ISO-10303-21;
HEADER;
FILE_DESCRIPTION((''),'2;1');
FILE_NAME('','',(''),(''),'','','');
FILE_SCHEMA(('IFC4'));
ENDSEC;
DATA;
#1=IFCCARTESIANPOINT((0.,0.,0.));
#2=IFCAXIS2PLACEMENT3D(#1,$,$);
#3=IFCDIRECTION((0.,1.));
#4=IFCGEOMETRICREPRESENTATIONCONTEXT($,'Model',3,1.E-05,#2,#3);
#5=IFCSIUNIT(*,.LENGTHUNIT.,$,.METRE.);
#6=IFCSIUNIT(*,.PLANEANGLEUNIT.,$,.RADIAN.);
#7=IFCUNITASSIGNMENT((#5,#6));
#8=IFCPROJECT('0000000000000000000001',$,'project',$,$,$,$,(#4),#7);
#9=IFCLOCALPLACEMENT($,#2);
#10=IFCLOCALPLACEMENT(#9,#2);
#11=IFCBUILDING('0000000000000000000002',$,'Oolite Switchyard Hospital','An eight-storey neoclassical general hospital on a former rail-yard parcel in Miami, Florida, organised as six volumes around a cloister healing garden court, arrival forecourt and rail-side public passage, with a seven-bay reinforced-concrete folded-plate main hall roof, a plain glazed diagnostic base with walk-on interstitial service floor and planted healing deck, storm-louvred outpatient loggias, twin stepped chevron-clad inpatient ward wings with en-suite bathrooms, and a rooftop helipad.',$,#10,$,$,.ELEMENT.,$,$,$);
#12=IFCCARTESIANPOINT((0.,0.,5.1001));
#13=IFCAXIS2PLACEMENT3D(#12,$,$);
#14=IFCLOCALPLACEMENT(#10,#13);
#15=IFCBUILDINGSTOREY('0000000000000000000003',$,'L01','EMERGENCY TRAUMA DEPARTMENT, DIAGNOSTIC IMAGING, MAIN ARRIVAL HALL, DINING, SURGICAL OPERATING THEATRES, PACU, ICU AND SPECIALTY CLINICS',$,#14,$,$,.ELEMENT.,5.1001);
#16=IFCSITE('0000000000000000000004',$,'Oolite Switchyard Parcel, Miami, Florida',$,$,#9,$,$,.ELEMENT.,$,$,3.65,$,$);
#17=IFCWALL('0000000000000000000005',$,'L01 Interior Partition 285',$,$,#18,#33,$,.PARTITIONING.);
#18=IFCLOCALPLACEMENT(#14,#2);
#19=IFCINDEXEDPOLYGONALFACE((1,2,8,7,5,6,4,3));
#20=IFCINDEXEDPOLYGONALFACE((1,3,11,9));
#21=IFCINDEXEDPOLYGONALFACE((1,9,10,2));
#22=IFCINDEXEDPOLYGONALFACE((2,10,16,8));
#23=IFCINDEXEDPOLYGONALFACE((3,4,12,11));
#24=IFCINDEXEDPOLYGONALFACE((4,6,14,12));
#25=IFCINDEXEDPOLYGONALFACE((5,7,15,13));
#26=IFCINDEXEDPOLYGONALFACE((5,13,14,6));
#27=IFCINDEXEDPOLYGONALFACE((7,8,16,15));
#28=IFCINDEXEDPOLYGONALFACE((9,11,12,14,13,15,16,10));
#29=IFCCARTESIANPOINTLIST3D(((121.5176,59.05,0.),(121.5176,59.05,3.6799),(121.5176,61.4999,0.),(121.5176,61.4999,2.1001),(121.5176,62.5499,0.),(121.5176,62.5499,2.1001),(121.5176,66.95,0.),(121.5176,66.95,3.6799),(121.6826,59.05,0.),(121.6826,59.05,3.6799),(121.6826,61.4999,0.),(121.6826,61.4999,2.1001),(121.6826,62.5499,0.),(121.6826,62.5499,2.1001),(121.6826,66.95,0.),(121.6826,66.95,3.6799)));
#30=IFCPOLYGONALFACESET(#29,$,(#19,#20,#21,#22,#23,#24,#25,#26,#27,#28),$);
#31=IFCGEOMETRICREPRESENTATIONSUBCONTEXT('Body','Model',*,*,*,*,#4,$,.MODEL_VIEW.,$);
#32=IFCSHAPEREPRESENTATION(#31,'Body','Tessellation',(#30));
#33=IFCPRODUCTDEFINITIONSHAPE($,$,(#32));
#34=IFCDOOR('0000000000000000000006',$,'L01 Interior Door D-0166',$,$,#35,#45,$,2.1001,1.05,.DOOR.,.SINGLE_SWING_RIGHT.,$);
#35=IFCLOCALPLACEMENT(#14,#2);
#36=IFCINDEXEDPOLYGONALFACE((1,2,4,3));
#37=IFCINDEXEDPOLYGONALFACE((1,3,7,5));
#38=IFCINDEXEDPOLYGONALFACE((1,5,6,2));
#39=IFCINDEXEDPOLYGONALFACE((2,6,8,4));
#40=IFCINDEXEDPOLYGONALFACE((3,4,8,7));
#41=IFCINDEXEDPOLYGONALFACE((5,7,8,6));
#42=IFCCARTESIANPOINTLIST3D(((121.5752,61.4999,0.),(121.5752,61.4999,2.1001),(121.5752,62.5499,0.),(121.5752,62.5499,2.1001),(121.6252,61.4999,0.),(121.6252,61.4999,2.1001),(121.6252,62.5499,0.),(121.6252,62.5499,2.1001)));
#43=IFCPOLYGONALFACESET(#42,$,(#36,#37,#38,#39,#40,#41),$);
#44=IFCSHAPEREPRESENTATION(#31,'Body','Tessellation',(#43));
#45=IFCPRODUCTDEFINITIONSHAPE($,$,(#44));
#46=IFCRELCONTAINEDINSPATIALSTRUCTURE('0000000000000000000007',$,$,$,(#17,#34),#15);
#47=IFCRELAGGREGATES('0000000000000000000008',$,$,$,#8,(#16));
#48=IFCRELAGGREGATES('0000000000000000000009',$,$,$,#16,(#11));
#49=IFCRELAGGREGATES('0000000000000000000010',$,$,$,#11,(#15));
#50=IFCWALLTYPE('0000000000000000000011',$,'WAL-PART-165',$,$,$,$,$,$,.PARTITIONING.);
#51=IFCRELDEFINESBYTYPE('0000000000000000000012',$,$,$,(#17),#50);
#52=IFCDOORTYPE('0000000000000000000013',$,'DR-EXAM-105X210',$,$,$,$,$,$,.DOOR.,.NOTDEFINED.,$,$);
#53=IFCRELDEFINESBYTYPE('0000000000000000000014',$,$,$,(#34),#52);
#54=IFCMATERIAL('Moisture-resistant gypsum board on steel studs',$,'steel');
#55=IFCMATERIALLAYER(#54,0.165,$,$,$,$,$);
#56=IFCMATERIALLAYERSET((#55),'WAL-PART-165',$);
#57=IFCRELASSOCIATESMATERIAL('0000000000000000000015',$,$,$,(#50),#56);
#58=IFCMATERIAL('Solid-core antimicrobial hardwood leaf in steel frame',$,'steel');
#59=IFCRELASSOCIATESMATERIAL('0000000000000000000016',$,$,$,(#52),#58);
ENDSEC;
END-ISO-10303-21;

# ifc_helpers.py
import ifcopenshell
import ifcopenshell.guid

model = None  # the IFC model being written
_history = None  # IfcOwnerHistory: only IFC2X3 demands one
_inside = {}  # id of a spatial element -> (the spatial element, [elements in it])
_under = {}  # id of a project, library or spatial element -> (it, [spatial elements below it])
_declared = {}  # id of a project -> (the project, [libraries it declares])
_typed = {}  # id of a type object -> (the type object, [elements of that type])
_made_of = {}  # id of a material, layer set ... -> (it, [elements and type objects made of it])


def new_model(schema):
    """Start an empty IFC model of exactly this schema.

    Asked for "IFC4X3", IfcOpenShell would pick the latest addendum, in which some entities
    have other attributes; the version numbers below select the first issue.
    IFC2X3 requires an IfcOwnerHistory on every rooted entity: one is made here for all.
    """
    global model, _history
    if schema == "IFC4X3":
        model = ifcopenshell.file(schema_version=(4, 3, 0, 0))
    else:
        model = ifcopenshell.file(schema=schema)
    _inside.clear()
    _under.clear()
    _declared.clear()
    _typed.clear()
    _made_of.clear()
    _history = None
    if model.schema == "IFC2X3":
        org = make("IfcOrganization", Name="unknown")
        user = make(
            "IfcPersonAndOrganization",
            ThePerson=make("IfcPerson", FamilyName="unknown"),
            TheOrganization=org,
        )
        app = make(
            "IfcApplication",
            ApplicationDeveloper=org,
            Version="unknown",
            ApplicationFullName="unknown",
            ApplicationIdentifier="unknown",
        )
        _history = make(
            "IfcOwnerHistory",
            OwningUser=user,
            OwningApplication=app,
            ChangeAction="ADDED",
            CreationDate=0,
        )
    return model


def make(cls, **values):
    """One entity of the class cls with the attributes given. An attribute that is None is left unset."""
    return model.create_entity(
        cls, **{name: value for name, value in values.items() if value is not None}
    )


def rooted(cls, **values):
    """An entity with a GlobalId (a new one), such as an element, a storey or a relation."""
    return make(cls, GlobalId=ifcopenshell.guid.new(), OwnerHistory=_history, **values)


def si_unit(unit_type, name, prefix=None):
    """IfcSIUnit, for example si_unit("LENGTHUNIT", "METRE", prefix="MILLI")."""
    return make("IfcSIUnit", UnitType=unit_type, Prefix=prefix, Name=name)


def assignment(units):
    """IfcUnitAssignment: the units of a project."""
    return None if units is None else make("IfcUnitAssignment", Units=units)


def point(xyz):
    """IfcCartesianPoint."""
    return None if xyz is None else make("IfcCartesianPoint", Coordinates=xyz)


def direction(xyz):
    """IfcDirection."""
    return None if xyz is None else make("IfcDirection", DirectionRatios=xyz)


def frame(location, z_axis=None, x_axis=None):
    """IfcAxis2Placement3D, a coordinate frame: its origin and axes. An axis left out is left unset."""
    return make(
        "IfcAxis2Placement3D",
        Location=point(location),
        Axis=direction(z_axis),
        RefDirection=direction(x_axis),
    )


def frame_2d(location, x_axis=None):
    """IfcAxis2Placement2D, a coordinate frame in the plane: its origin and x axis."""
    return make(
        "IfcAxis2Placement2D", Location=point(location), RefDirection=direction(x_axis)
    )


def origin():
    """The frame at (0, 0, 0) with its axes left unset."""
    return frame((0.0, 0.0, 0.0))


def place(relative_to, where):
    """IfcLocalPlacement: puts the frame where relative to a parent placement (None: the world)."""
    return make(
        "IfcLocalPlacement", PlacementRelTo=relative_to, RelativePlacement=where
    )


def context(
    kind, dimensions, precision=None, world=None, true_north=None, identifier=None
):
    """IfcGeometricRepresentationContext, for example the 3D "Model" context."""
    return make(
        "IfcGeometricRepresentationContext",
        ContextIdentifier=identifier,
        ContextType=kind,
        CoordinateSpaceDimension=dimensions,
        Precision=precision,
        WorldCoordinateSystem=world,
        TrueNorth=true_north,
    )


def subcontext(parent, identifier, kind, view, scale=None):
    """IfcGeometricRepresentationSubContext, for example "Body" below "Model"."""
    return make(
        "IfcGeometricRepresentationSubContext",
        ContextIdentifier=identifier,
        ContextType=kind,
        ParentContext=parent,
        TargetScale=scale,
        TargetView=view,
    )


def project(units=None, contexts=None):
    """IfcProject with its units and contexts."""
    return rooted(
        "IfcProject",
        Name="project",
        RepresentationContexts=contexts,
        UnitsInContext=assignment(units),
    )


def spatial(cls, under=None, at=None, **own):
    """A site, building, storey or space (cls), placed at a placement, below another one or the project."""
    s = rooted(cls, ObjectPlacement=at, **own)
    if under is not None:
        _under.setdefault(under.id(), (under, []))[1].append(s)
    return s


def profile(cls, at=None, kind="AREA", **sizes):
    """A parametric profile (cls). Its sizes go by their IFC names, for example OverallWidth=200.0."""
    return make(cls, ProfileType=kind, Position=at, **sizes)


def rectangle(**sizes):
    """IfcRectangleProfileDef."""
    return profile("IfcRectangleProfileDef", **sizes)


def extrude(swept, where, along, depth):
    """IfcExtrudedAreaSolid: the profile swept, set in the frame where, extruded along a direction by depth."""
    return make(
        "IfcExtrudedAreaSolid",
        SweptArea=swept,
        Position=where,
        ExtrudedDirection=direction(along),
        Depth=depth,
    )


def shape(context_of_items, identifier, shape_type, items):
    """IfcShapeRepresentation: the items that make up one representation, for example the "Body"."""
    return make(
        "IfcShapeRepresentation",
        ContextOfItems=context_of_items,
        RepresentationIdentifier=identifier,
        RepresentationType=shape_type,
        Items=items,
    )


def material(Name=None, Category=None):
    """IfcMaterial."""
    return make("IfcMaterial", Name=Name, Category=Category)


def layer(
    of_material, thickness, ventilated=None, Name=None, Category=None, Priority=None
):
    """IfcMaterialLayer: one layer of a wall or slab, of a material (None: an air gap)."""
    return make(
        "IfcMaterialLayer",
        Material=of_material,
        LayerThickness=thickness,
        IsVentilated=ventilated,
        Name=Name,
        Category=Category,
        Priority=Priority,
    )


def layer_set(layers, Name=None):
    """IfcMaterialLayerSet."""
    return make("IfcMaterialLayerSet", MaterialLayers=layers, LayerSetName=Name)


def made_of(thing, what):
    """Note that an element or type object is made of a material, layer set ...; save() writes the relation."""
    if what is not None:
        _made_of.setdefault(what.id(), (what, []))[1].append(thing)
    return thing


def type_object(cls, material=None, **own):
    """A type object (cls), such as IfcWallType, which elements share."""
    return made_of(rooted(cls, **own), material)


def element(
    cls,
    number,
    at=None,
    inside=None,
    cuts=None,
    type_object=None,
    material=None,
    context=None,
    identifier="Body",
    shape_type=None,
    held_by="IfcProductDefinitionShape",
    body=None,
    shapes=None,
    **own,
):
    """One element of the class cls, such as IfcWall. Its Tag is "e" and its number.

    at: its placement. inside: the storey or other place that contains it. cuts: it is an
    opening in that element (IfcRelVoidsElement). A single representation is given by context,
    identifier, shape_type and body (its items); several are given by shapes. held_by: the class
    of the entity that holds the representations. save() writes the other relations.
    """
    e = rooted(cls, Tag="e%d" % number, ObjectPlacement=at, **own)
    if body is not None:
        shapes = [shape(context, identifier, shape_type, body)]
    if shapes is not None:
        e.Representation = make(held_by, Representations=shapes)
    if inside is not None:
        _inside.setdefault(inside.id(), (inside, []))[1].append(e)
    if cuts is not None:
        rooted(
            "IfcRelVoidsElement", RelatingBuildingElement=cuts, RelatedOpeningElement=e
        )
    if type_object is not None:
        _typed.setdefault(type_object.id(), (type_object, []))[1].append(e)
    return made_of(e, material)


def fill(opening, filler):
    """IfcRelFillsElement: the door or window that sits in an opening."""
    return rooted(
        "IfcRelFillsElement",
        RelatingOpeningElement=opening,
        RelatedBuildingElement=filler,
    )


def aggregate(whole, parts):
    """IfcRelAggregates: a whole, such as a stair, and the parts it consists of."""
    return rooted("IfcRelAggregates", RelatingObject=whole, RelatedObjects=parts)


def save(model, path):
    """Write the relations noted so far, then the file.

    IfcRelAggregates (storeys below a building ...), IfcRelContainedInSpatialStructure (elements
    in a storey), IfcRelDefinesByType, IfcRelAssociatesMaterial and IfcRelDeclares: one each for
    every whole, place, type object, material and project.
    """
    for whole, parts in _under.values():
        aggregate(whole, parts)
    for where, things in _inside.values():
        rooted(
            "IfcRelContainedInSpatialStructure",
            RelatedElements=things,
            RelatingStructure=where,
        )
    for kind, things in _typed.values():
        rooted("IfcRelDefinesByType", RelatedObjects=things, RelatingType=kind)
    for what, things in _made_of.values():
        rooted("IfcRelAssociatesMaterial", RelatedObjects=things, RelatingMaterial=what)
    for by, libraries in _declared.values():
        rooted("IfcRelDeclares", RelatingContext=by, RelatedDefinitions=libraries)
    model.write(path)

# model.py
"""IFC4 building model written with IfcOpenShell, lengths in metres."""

from ifc_helpers import new_model, si_unit, direction, frame, frame_2d, origin, place, context, subcontext, project, spatial, rectangle, extrude, material, layer, layer_set, type_object, element, fill, save


model = new_model("IFC4")

# Units and contexts
model_context = context("Model", 3, precision=1e-05, world=origin(), true_north=direction((0.0, 1.0)))
body_context = subcontext(model_context, "Body", "Model", "MODEL_VIEW")
ifc_project = project(units=[si_unit("LENGTHUNIT", "METRE"), si_unit("PLANEANGLEUNIT", "RADIAN")], contexts=[model_context])

# Site, building, storey
site_placement = place(None, origin())
site = spatial("IfcSite", under=ifc_project, at=site_placement, Name="Oolite Switchyard Parcel, Miami, Florida", CompositionType="ELEMENT", RefElevation=3.65)
building_placement = place(site_placement, origin())
building = spatial("IfcBuilding", under=site, at=building_placement, Name="Oolite Switchyard Hospital", Description="An eight-storey neoclassical general hospital on a former rail-yard parcel in Miami, Florida, organised as six volumes around a cloister healing garden court, arrival forecourt and rail-side public passage, with a seven-bay reinforced-concrete folded-plate main hall roof, a plain glazed diagnostic base with walk-on interstitial service floor and planted healing deck, storm-louvred outpatient loggias, twin stepped chevron-clad inpatient ward wings with en-suite bathrooms, and a rooftop helipad.", CompositionType="ELEMENT")
storey_placement = place(building_placement, frame((0.0, 0.0, 5.1001)))
storey = spatial("IfcBuildingStorey", under=building, at=storey_placement, Name="L01", Description="EMERGENCY TRAUMA DEPARTMENT, DIAGNOSTIC IMAGING, MAIN ARRIVAL HALL, DINING, SURGICAL OPERATING THEATRES, PACU, ICU AND SPECIALTY CLINICS", CompositionType="ELEMENT", Elevation=5.1001)

# Shared definitions
ifc_material_1 = material(Name="Moisture-resistant gypsum board on steel studs", Category="steel")

# Wall, opening, door
ifc_layer_1 = layer(ifc_material_1, 0.165)
ifc_layer_set_1 = layer_set([ifc_layer_1], Name="WAL-PART-165")
wall_type_1 = type_object("IfcWallType", Name="WAL-PART-165", PredefinedType="PARTITIONING", material=ifc_layer_set_1)
wall_1_placement = place(storey_placement, frame((121.6001, 59.05, 0.0), z_axis=(0.0, 0.0, 1.0), x_axis=(0.0, 1.0, 0.0)))
wall_1 = element("IfcWall", 1, at=wall_1_placement, inside=storey, type_object=wall_type_1, Name="L01 Interior Partition 285", PredefinedType="PARTITIONING", context=body_context, shape_type="SweptSolid", body=[
    extrude(rectangle(XDim=7.8999, YDim=0.165, at=frame_2d((3.95, 0.0))), origin(), (0.0, 0.0, 1.0), 3.6799),
])
opening_placement = place(wall_1_placement, frame((2.45, 0.0, 0.0)))
opening = element("IfcOpeningElement", 2, at=opening_placement, cuts=wall_1, PredefinedType="OPENING", context=body_context, shape_type="SweptSolid", body=[
    extrude(rectangle(XDim=1.05, YDim=2.1001, at=frame_2d((0.5249, 1.05))), frame((0.0, 0.0925, 0.0), z_axis=(0.0, -1.0, 0.0), x_axis=(1.0, 0.0, 0.0)), (0.0, 0.0, 1.0), 0.1851),
])
ifc_material_2 = material(Name="Solid-core antimicrobial hardwood leaf in steel frame", Category="steel")
door_type = type_object("IfcDoorType", Name="DR-EXAM-105X210", OperationType="NOTDEFINED", PredefinedType="DOOR", material=ifc_material_2)
door_placement = place(opening_placement, origin())
door = element("IfcDoor", 3, at=door_placement, inside=storey, type_object=door_type, Name="L01 Interior Door D-0166", OperationType="SINGLE_SWING_RIGHT", OverallHeight=2.1001, OverallWidth=1.05, PredefinedType="DOOR", context=body_context, shape_type="SweptSolid", body=[
    extrude(rectangle(XDim=1.05, YDim=2.1001, at=frame_2d((0.5249, 1.05))), frame((0.0, 0.0249, 0.0), z_axis=(0.0, -1.0, 0.0), x_axis=(1.0, 0.0, 0.0)), (0.0, 0.0, 1.0), 0.05),
])
fill(opening, door)

save(model, "model.ifc")
